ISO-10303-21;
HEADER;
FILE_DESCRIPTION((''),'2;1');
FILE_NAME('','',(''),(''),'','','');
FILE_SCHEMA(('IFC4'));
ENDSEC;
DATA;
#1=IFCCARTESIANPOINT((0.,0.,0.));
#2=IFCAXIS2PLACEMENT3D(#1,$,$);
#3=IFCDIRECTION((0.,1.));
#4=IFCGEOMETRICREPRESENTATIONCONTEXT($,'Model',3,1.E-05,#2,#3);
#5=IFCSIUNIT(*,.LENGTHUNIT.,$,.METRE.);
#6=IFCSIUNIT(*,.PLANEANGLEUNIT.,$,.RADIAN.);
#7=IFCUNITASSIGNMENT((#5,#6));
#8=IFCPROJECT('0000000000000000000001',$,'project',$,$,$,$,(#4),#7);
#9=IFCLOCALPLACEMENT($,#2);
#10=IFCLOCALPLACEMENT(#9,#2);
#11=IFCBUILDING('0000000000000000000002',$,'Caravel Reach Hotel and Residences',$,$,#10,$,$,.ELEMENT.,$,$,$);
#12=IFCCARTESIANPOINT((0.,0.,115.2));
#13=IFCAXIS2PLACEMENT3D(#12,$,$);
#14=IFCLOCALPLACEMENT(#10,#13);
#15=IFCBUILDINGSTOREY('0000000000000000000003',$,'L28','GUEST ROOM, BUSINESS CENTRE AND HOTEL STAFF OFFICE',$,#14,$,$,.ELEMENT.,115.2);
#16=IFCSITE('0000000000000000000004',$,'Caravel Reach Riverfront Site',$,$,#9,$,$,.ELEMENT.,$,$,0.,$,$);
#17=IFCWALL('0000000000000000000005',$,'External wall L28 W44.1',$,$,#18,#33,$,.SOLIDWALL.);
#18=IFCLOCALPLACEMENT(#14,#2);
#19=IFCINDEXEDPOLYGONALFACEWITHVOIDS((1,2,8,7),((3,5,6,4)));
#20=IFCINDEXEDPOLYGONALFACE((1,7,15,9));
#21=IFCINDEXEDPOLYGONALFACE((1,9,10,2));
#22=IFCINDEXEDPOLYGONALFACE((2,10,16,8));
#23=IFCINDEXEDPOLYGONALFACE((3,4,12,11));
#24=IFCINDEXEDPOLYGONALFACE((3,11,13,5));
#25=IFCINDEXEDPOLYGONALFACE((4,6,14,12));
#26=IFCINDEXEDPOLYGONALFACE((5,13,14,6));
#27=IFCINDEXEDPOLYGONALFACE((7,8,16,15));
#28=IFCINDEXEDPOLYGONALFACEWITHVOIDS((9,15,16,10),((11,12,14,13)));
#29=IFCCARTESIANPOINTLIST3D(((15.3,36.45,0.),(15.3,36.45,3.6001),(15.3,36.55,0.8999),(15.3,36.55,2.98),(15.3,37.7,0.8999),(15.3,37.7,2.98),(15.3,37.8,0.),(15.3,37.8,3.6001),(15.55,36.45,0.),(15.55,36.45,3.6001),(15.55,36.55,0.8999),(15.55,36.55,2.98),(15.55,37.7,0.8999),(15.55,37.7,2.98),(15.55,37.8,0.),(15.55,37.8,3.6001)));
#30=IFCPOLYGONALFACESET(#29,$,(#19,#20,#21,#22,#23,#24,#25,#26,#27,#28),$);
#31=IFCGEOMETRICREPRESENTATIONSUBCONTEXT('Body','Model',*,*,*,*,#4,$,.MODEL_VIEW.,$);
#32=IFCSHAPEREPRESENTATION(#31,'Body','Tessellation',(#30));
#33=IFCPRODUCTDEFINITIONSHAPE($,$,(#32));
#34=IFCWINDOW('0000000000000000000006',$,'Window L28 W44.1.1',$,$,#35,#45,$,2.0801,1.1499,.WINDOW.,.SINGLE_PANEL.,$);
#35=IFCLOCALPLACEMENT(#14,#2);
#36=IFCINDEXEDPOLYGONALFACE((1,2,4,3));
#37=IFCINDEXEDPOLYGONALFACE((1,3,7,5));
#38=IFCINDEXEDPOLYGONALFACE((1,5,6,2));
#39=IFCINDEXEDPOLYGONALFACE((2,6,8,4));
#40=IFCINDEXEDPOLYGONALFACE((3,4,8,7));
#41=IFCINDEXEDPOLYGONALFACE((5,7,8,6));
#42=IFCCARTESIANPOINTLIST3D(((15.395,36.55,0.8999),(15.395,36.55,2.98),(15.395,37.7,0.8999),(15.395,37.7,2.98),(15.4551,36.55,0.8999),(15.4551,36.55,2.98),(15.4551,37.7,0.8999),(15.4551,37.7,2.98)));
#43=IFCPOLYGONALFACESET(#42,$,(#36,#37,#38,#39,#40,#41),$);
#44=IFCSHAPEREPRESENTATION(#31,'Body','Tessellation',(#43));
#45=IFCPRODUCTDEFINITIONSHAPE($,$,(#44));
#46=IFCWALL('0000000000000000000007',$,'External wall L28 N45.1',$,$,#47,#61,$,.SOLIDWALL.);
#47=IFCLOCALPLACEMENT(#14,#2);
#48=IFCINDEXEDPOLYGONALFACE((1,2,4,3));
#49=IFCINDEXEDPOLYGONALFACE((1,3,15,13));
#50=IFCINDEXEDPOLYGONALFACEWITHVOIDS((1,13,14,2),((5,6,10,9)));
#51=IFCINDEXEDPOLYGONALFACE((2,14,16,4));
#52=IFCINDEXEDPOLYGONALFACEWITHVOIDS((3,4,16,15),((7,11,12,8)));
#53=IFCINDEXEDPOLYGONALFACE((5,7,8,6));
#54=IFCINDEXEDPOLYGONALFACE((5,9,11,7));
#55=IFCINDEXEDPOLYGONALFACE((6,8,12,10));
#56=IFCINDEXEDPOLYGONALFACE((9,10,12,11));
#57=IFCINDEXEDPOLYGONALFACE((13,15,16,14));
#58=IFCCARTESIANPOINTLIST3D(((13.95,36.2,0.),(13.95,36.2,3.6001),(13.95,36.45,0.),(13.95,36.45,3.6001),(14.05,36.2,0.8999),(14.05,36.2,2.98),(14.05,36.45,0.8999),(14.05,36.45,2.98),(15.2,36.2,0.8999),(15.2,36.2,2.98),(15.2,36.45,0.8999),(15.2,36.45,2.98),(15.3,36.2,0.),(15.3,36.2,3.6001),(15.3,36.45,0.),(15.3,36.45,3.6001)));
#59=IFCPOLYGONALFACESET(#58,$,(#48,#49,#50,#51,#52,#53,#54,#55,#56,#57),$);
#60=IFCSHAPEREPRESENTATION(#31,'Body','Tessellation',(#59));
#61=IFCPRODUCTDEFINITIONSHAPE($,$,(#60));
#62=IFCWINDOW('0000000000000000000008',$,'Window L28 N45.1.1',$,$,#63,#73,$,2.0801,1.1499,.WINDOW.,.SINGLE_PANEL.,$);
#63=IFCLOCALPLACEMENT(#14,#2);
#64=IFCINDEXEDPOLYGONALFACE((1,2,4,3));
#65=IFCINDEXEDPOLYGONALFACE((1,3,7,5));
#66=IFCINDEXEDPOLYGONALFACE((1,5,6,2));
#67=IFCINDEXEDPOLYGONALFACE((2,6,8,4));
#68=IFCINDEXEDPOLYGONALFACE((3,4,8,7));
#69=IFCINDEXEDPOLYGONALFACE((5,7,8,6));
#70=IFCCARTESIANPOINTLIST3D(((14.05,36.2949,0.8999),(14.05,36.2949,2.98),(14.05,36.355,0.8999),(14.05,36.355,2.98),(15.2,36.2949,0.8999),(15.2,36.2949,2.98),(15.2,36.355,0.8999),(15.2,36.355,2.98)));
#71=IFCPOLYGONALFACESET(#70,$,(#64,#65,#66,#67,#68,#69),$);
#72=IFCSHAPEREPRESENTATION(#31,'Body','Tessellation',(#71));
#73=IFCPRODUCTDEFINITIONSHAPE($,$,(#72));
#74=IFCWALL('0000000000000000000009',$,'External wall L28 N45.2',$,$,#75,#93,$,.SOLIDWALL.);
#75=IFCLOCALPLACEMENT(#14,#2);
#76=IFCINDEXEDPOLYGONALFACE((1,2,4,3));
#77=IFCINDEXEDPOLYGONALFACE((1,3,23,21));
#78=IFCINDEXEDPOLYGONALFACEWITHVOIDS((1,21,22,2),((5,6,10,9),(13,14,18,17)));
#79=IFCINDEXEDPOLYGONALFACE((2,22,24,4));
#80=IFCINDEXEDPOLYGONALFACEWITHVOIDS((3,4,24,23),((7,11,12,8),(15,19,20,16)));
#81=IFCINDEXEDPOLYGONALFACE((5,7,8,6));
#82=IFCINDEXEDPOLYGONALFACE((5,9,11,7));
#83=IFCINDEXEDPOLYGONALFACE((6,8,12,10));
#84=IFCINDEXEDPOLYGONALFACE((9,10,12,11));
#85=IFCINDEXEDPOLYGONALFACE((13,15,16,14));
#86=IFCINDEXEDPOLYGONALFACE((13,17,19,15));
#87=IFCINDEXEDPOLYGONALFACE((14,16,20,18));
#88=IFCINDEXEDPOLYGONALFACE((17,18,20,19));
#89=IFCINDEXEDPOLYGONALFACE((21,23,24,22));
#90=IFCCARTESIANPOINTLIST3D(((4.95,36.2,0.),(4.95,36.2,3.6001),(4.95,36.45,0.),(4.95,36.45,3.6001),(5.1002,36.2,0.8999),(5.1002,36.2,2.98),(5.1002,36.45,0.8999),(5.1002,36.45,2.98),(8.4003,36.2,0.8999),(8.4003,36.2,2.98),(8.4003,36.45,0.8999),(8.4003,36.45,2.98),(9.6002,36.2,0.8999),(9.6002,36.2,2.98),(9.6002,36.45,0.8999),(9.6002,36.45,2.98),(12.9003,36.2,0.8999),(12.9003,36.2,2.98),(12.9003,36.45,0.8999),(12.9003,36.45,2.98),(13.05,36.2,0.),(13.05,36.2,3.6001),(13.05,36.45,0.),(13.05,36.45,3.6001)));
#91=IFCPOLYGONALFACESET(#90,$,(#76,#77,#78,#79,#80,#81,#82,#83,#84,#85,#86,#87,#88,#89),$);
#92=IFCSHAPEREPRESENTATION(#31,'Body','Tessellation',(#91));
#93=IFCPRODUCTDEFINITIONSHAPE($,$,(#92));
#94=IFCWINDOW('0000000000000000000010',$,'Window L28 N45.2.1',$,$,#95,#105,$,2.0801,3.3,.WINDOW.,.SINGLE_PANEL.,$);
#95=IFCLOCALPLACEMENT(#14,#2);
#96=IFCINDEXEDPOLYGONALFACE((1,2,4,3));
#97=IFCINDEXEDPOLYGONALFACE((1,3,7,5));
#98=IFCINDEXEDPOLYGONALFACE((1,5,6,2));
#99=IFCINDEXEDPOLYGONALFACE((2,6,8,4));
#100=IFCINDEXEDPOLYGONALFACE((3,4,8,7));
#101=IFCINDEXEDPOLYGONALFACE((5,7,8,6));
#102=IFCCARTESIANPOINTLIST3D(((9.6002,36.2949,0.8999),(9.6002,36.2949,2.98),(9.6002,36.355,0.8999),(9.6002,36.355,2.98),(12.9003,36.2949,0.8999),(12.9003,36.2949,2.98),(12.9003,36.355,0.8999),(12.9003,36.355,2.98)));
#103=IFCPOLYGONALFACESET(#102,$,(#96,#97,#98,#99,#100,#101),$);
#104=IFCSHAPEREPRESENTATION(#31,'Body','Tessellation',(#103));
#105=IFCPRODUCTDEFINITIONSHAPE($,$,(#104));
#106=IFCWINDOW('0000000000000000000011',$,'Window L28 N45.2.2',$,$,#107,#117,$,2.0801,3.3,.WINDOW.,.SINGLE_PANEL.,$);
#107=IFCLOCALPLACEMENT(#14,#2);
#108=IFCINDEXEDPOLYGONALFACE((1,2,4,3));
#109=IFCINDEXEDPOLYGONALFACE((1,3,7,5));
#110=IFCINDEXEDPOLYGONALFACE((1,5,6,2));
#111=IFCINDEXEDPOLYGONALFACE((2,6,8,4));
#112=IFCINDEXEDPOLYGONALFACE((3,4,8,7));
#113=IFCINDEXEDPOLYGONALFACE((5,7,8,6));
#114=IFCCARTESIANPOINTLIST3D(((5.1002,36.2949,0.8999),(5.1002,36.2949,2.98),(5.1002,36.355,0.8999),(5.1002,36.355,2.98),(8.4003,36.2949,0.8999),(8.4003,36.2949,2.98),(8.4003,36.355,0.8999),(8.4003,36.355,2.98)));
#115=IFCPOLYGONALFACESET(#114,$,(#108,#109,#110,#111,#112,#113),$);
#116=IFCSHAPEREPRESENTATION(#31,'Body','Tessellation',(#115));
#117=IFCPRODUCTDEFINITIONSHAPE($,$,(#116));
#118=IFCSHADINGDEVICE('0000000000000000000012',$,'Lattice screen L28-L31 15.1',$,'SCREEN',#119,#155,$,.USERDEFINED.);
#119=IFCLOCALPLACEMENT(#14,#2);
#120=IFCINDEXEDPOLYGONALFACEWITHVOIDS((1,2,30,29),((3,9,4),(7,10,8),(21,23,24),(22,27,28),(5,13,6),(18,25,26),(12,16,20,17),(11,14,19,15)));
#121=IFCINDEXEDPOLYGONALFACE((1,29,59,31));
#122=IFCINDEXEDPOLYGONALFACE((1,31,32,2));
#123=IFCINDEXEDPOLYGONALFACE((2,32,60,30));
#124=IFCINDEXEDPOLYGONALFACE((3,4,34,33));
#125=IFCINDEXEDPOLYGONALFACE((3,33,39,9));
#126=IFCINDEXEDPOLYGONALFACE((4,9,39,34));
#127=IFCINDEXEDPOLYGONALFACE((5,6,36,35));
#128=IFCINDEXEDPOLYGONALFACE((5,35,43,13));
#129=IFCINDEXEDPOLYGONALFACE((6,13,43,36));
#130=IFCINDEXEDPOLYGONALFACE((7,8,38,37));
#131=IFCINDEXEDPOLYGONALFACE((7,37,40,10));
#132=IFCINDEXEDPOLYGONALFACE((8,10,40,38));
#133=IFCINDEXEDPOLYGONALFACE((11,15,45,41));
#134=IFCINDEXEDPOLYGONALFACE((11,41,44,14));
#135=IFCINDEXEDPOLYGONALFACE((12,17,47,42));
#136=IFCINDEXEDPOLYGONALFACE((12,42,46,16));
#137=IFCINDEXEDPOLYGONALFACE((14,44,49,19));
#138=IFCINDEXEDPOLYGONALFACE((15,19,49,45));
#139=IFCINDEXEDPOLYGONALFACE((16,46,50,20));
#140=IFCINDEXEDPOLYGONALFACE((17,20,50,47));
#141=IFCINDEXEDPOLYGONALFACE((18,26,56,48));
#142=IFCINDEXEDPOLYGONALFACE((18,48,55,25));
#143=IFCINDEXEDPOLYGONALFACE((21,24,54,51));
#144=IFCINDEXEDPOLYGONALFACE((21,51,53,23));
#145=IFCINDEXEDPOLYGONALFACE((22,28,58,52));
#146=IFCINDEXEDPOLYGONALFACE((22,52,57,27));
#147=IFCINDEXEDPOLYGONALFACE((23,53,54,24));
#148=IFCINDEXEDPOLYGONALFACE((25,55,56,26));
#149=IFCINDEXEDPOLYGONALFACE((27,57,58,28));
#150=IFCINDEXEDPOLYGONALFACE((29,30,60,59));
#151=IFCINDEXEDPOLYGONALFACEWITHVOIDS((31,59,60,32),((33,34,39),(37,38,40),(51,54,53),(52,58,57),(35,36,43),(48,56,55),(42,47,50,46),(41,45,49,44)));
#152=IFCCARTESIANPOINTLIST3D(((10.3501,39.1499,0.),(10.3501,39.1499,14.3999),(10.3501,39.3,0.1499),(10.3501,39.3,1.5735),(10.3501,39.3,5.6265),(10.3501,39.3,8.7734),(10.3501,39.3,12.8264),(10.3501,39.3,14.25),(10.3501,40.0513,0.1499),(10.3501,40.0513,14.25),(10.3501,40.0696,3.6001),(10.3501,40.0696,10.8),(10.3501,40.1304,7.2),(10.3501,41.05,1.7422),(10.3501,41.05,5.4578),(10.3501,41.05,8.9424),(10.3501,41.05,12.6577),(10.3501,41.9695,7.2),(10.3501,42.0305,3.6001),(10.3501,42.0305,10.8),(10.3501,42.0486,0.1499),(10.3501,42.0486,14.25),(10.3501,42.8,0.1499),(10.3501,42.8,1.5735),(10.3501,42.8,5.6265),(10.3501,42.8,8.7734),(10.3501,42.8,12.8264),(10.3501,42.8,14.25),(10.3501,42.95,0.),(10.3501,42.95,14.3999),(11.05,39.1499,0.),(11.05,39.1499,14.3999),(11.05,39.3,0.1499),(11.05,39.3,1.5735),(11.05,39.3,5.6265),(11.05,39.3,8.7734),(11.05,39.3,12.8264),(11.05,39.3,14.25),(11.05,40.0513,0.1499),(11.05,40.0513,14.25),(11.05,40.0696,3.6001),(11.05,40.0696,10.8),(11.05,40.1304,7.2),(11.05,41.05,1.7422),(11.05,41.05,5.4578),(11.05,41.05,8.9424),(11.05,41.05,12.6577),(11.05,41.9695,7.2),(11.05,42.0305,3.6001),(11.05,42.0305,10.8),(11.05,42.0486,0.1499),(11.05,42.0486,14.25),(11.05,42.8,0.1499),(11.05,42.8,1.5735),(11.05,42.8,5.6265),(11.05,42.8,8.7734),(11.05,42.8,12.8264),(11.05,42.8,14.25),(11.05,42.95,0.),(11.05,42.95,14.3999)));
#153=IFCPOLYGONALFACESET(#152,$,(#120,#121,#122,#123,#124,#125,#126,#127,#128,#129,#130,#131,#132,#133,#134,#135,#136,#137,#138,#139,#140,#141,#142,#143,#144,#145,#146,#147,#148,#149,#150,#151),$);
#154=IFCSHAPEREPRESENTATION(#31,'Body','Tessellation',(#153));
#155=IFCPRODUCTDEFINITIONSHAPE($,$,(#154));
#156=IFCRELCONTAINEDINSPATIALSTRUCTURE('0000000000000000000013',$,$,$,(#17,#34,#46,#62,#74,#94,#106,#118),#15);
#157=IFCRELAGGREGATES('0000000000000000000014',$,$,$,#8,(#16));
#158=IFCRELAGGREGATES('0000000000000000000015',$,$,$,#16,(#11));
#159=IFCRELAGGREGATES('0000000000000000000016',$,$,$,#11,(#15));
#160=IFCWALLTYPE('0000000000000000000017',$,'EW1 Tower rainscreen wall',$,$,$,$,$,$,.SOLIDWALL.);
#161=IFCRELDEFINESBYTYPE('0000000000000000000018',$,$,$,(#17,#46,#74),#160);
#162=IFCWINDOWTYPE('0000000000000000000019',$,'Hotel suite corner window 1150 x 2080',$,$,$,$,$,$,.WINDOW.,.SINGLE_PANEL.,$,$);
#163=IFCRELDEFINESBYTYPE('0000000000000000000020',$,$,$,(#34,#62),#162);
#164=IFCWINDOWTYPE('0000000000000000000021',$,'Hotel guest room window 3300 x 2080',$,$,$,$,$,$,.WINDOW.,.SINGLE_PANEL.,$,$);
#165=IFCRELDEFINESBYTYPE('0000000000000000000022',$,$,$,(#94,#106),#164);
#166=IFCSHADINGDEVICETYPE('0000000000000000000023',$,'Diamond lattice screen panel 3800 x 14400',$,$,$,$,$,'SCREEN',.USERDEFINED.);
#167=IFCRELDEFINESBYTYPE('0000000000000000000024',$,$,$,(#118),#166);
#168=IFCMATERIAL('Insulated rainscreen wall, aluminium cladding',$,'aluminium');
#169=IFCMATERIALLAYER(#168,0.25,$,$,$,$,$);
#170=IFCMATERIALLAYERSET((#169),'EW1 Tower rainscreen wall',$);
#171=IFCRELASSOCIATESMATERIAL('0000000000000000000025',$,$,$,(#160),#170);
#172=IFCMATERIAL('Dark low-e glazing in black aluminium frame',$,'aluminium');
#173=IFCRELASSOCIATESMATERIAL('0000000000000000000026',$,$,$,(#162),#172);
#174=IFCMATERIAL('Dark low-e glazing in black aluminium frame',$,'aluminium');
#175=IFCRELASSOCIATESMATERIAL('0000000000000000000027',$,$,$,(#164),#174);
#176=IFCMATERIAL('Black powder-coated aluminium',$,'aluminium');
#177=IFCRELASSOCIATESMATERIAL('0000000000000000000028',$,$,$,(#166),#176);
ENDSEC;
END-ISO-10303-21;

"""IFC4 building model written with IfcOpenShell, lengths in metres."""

from ifc_helpers import new_model, si_unit, direction, frame, frame_2d, origin, place, context, subcontext, project, spatial, polyline, rectangle, outline, extrude, material, layer, layer_set, type_object, element, fill, save


model = new_model("IFC4")

# Units and contexts
model_context = context("Model", 3, precision=1e-05, world=origin(), true_north=direction((0.0, 1.0)))
body_context = subcontext(model_context, "Body", "Model", "MODEL_VIEW")
ifc_project = project(units=[si_unit("LENGTHUNIT", "METRE"), si_unit("PLANEANGLEUNIT", "RADIAN")], contexts=[model_context])

# Site, building, storey
site_placement = place(None, origin())
site = spatial("IfcSite", under=ifc_project, at=site_placement, Name="Caravel Reach Riverfront Site", CompositionType="ELEMENT", RefElevation=0.0)
building_placement = place(site_placement, origin())
building = spatial("IfcBuilding", under=site, at=building_placement, Name="Caravel Reach Hotel and Residences", CompositionType="ELEMENT")
storey_placement = place(building_placement, frame((0.0, 0.0, 115.2)))
storey = spatial("IfcBuildingStorey", under=building, at=storey_placement, Name="L28", Description="GUEST ROOM, BUSINESS CENTRE AND HOTEL STAFF OFFICE", CompositionType="ELEMENT", Elevation=115.2)

# Walls, openings, windows
ifc_material_1 = material(Name="Insulated rainscreen wall, aluminium cladding", Category="aluminium")
ifc_layer = layer(ifc_material_1, 0.25)
ifc_layer_set = layer_set([ifc_layer], Name="EW1 Tower rainscreen wall")
wall_type = type_object("IfcWallType", Name="EW1 Tower rainscreen wall", PredefinedType="SOLIDWALL", material=ifc_layer_set)
ifc_material_2 = material(Name="Dark low-e glazing in black aluminium frame", Category="aluminium")
window_type_1 = type_object("IfcWindowType", Name="Hotel suite corner window 1150 x 2080", PartitioningType="SINGLE_PANEL", PredefinedType="WINDOW", material=ifc_material_2)
wall_1_placement = place(storey_placement, frame((15.425, 37.8, 0.0), z_axis=(0.0, 0.0, 1.0), x_axis=(0.0, -1.0, 0.0)))
wall_1 = element("IfcWall", 1, at=wall_1_placement, inside=storey, type_object=wall_type, Name="External wall L28 W44.1", PredefinedType="SOLIDWALL", context=body_context, shape_type="SweptSolid", body=[
    extrude(rectangle(XDim=1.3501, YDim=0.25, at=frame_2d((0.675, 0.0))), origin(), (0.0, 0.0, 1.0), 3.6001),
])
opening_1_placement = place(wall_1_placement, frame((0.1001, 0.0, 0.8999)))
opening_1 = element("IfcOpeningElement", 2, at=opening_1_placement, cuts=wall_1, PredefinedType="OPENING", context=body_context, shape_type="SweptSolid", body=[
    extrude(rectangle(XDim=1.1499, YDim=2.0801, at=frame_2d((0.575, 1.04))), frame((0.0, 0.135, 0.0), z_axis=(0.0, -1.0, 0.0), x_axis=(1.0, 0.0, 0.0)), (0.0, 0.0, 1.0), 0.27),
])
window_1_placement = place(opening_1_placement, origin())
window_1 = element("IfcWindow", 3, at=window_1_placement, inside=storey, type_object=window_type_1, Name="Window L28 W44.1.1", OverallHeight=2.0801, OverallWidth=1.1499, PartitioningType="SINGLE_PANEL", PredefinedType="WINDOW", context=body_context, shape_type="SweptSolid", body=[
    extrude(rectangle(XDim=1.1499, YDim=2.0801, at=frame_2d((0.575, 1.04))), frame((0.0, 0.03, 0.0), z_axis=(0.0, -1.0, 0.0), x_axis=(1.0, 0.0, 0.0)), (0.0, 0.0, 1.0), 0.0601),
])
fill(opening_1, window_1)
wall_2_placement = place(storey_placement, frame((15.3, 36.325, 0.0), z_axis=(0.0, 0.0, 1.0), x_axis=(-1.0, 0.0, 0.0)))
wall_2 = element("IfcWall", 4, at=wall_2_placement, inside=storey, type_object=wall_type, Name="External wall L28 N45.1", PredefinedType="SOLIDWALL", context=body_context, shape_type="SweptSolid", body=[
    extrude(rectangle(XDim=1.3501, YDim=0.25, at=frame_2d((0.675, 0.0))), origin(), (0.0, 0.0, 1.0), 3.6001),
])
opening_2_placement = place(wall_2_placement, frame((0.1001, 0.0, 0.8999)))
opening_2 = element("IfcOpeningElement", 5, at=opening_2_placement, cuts=wall_2, PredefinedType="OPENING", context=body_context, shape_type="SweptSolid", body=[
    extrude(rectangle(XDim=1.1499, YDim=2.0801, at=frame_2d((0.575, 1.04))), frame((0.0, 0.135, 0.0), z_axis=(0.0, -1.0, 0.0), x_axis=(1.0, 0.0, 0.0)), (0.0, 0.0, 1.0), 0.27),
])
window_2_placement = place(opening_2_placement, origin())
window_2 = element("IfcWindow", 6, at=window_2_placement, inside=storey, type_object=window_type_1, Name="Window L28 N45.1.1", OverallHeight=2.0801, OverallWidth=1.1499, PartitioningType="SINGLE_PANEL", PredefinedType="WINDOW", context=body_context, shape_type="SweptSolid", body=[
    extrude(rectangle(XDim=1.1499, YDim=2.0801, at=frame_2d((0.575, 1.04))), frame((0.0, 0.03, 0.0), z_axis=(0.0, -1.0, 0.0), x_axis=(1.0, 0.0, 0.0)), (0.0, 0.0, 1.0), 0.0601),
])
fill(opening_2, window_2)

# Wall, openings, windows
wall_3_placement = place(storey_placement, frame((13.05, 36.325, 0.0), z_axis=(0.0, 0.0, 1.0), x_axis=(-1.0, 0.0, 0.0)))
wall_3 = element("IfcWall", 7, at=wall_3_placement, inside=storey, type_object=wall_type, Name="External wall L28 N45.2", PredefinedType="SOLIDWALL", context=body_context, shape_type="SweptSolid", body=[
    extrude(rectangle(XDim=8.1001, YDim=0.25, at=frame_2d((4.05, 0.0))), origin(), (0.0, 0.0, 1.0), 3.6001),
])
opening_3_placement = place(wall_3_placement, frame((0.1499, 0.0, 0.8999)))
opening_3 = element("IfcOpeningElement", 8, at=opening_3_placement, cuts=wall_3, PredefinedType="OPENING", context=body_context, shape_type="SweptSolid", body=[
    extrude(rectangle(XDim=3.3, YDim=2.0801, at=frame_2d((1.6499, 1.04))), frame((0.0, 0.135, 0.0), z_axis=(0.0, -1.0, 0.0), x_axis=(1.0, 0.0, 0.0)), (0.0, 0.0, 1.0), 0.27),
])
opening_4_placement = place(wall_3_placement, frame((4.6499, 0.0, 0.8999)))
opening_4 = element("IfcOpeningElement", 9, at=opening_4_placement, cuts=wall_3, PredefinedType="OPENING", context=body_context, shape_type="SweptSolid", body=[
    extrude(rectangle(XDim=3.3, YDim=2.0801, at=frame_2d((1.6499, 1.04))), frame((0.0, 0.135, 0.0), z_axis=(0.0, -1.0, 0.0), x_axis=(1.0, 0.0, 0.0)), (0.0, 0.0, 1.0), 0.27),
])
ifc_material_3 = material(Name="Dark low-e glazing in black aluminium frame", Category="aluminium")
window_type_2 = type_object("IfcWindowType", Name="Hotel guest room window 3300 x 2080", PartitioningType="SINGLE_PANEL", PredefinedType="WINDOW", material=ifc_material_3)
window_3_placement = place(opening_3_placement, origin())
window_3 = element("IfcWindow", 10, at=window_3_placement, inside=storey, type_object=window_type_2, Name="Window L28 N45.2.1", OverallHeight=2.0801, OverallWidth=3.3, PartitioningType="SINGLE_PANEL", PredefinedType="WINDOW", context=body_context, shape_type="SweptSolid", body=[
    extrude(rectangle(XDim=3.3, YDim=2.0801, at=frame_2d((1.6499, 1.04))), frame((0.0, 0.03, 0.0), z_axis=(0.0, -1.0, 0.0), x_axis=(1.0, 0.0, 0.0)), (0.0, 0.0, 1.0), 0.0601),
])
fill(opening_3, window_3)
window_4_placement = place(opening_4_placement, origin())
window_4 = element("IfcWindow", 11, at=window_4_placement, inside=storey, type_object=window_type_2, Name="Window L28 N45.2.2", OverallHeight=2.0801, OverallWidth=3.3, PartitioningType="SINGLE_PANEL", PredefinedType="WINDOW", context=body_context, shape_type="SweptSolid", body=[
    extrude(rectangle(XDim=3.3, YDim=2.0801, at=frame_2d((1.6499, 1.04))), frame((0.0, 0.03, 0.0), z_axis=(0.0, -1.0, 0.0), x_axis=(1.0, 0.0, 0.0)), (0.0, 0.0, 1.0), 0.0601),
])
fill(opening_4, window_4)

# Shading device
ifc_material_4 = material(Name="Black powder-coated aluminium", Category="aluminium")
shading_device_type_1 = type_object("IfcShadingDeviceType", Name="Diamond lattice screen panel 3800 x 14400", ElementType="SCREEN", PredefinedType="USERDEFINED", material=ifc_material_4)
shading_device_1_placement = place(storey_placement, frame((11.05, 42.95, 0.0), z_axis=(-1.0, 0.0, 0.0), x_axis=(0.0, -1.0, 0.0)))
element("IfcShadingDevice", 12, at=shading_device_1_placement, inside=storey, type_object=shading_device_type_1, Name="Lattice screen L28-L31 15.1", ObjectType="SCREEN", PredefinedType="USERDEFINED", context=body_context, shape_type="SweptSolid", body=[
    extrude(outline(polyline([(0.0, 0.0), (3.8, 0.0), (3.8, 14.3999), (0.0, 14.3999), (0.0, 0.0)]), holes=[polyline([(0.9014, 0.1499), (0.1499, 1.5735), (0.1499, 0.1499), (0.9014, 0.1499)]), polyline([(0.9805, 7.2), (0.1499, 8.7734), (0.1499, 5.6265), (0.9805, 7.2)]), polyline([(0.1499, 12.8264), (0.9014, 14.25), (0.1499, 14.25), (0.1499, 12.8264)]), polyline([(1.8999, 5.4578), (0.9194, 3.6001), (1.8999, 1.7422), (2.8804, 3.6001), (1.8999, 5.4578)]), polyline([(1.8999, 12.6577), (0.9194, 10.8), (1.8999, 8.9424), (2.8804, 10.8), (1.8999, 12.6577)]), polyline([(3.6499, 1.5735), (2.8987, 0.1499), (3.6499, 0.1499), (3.6499, 1.5735)]), polyline([(2.8196, 7.2), (3.6499, 5.6265), (3.6499, 8.7734), (2.8196, 7.2)]), polyline([(2.8987, 14.25), (3.6499, 12.8264), (3.6499, 14.25), (2.8987, 14.25)])]), origin(), (0.0, 0.0, 1.0), 0.7),
])

save(model, "model.ifc")
